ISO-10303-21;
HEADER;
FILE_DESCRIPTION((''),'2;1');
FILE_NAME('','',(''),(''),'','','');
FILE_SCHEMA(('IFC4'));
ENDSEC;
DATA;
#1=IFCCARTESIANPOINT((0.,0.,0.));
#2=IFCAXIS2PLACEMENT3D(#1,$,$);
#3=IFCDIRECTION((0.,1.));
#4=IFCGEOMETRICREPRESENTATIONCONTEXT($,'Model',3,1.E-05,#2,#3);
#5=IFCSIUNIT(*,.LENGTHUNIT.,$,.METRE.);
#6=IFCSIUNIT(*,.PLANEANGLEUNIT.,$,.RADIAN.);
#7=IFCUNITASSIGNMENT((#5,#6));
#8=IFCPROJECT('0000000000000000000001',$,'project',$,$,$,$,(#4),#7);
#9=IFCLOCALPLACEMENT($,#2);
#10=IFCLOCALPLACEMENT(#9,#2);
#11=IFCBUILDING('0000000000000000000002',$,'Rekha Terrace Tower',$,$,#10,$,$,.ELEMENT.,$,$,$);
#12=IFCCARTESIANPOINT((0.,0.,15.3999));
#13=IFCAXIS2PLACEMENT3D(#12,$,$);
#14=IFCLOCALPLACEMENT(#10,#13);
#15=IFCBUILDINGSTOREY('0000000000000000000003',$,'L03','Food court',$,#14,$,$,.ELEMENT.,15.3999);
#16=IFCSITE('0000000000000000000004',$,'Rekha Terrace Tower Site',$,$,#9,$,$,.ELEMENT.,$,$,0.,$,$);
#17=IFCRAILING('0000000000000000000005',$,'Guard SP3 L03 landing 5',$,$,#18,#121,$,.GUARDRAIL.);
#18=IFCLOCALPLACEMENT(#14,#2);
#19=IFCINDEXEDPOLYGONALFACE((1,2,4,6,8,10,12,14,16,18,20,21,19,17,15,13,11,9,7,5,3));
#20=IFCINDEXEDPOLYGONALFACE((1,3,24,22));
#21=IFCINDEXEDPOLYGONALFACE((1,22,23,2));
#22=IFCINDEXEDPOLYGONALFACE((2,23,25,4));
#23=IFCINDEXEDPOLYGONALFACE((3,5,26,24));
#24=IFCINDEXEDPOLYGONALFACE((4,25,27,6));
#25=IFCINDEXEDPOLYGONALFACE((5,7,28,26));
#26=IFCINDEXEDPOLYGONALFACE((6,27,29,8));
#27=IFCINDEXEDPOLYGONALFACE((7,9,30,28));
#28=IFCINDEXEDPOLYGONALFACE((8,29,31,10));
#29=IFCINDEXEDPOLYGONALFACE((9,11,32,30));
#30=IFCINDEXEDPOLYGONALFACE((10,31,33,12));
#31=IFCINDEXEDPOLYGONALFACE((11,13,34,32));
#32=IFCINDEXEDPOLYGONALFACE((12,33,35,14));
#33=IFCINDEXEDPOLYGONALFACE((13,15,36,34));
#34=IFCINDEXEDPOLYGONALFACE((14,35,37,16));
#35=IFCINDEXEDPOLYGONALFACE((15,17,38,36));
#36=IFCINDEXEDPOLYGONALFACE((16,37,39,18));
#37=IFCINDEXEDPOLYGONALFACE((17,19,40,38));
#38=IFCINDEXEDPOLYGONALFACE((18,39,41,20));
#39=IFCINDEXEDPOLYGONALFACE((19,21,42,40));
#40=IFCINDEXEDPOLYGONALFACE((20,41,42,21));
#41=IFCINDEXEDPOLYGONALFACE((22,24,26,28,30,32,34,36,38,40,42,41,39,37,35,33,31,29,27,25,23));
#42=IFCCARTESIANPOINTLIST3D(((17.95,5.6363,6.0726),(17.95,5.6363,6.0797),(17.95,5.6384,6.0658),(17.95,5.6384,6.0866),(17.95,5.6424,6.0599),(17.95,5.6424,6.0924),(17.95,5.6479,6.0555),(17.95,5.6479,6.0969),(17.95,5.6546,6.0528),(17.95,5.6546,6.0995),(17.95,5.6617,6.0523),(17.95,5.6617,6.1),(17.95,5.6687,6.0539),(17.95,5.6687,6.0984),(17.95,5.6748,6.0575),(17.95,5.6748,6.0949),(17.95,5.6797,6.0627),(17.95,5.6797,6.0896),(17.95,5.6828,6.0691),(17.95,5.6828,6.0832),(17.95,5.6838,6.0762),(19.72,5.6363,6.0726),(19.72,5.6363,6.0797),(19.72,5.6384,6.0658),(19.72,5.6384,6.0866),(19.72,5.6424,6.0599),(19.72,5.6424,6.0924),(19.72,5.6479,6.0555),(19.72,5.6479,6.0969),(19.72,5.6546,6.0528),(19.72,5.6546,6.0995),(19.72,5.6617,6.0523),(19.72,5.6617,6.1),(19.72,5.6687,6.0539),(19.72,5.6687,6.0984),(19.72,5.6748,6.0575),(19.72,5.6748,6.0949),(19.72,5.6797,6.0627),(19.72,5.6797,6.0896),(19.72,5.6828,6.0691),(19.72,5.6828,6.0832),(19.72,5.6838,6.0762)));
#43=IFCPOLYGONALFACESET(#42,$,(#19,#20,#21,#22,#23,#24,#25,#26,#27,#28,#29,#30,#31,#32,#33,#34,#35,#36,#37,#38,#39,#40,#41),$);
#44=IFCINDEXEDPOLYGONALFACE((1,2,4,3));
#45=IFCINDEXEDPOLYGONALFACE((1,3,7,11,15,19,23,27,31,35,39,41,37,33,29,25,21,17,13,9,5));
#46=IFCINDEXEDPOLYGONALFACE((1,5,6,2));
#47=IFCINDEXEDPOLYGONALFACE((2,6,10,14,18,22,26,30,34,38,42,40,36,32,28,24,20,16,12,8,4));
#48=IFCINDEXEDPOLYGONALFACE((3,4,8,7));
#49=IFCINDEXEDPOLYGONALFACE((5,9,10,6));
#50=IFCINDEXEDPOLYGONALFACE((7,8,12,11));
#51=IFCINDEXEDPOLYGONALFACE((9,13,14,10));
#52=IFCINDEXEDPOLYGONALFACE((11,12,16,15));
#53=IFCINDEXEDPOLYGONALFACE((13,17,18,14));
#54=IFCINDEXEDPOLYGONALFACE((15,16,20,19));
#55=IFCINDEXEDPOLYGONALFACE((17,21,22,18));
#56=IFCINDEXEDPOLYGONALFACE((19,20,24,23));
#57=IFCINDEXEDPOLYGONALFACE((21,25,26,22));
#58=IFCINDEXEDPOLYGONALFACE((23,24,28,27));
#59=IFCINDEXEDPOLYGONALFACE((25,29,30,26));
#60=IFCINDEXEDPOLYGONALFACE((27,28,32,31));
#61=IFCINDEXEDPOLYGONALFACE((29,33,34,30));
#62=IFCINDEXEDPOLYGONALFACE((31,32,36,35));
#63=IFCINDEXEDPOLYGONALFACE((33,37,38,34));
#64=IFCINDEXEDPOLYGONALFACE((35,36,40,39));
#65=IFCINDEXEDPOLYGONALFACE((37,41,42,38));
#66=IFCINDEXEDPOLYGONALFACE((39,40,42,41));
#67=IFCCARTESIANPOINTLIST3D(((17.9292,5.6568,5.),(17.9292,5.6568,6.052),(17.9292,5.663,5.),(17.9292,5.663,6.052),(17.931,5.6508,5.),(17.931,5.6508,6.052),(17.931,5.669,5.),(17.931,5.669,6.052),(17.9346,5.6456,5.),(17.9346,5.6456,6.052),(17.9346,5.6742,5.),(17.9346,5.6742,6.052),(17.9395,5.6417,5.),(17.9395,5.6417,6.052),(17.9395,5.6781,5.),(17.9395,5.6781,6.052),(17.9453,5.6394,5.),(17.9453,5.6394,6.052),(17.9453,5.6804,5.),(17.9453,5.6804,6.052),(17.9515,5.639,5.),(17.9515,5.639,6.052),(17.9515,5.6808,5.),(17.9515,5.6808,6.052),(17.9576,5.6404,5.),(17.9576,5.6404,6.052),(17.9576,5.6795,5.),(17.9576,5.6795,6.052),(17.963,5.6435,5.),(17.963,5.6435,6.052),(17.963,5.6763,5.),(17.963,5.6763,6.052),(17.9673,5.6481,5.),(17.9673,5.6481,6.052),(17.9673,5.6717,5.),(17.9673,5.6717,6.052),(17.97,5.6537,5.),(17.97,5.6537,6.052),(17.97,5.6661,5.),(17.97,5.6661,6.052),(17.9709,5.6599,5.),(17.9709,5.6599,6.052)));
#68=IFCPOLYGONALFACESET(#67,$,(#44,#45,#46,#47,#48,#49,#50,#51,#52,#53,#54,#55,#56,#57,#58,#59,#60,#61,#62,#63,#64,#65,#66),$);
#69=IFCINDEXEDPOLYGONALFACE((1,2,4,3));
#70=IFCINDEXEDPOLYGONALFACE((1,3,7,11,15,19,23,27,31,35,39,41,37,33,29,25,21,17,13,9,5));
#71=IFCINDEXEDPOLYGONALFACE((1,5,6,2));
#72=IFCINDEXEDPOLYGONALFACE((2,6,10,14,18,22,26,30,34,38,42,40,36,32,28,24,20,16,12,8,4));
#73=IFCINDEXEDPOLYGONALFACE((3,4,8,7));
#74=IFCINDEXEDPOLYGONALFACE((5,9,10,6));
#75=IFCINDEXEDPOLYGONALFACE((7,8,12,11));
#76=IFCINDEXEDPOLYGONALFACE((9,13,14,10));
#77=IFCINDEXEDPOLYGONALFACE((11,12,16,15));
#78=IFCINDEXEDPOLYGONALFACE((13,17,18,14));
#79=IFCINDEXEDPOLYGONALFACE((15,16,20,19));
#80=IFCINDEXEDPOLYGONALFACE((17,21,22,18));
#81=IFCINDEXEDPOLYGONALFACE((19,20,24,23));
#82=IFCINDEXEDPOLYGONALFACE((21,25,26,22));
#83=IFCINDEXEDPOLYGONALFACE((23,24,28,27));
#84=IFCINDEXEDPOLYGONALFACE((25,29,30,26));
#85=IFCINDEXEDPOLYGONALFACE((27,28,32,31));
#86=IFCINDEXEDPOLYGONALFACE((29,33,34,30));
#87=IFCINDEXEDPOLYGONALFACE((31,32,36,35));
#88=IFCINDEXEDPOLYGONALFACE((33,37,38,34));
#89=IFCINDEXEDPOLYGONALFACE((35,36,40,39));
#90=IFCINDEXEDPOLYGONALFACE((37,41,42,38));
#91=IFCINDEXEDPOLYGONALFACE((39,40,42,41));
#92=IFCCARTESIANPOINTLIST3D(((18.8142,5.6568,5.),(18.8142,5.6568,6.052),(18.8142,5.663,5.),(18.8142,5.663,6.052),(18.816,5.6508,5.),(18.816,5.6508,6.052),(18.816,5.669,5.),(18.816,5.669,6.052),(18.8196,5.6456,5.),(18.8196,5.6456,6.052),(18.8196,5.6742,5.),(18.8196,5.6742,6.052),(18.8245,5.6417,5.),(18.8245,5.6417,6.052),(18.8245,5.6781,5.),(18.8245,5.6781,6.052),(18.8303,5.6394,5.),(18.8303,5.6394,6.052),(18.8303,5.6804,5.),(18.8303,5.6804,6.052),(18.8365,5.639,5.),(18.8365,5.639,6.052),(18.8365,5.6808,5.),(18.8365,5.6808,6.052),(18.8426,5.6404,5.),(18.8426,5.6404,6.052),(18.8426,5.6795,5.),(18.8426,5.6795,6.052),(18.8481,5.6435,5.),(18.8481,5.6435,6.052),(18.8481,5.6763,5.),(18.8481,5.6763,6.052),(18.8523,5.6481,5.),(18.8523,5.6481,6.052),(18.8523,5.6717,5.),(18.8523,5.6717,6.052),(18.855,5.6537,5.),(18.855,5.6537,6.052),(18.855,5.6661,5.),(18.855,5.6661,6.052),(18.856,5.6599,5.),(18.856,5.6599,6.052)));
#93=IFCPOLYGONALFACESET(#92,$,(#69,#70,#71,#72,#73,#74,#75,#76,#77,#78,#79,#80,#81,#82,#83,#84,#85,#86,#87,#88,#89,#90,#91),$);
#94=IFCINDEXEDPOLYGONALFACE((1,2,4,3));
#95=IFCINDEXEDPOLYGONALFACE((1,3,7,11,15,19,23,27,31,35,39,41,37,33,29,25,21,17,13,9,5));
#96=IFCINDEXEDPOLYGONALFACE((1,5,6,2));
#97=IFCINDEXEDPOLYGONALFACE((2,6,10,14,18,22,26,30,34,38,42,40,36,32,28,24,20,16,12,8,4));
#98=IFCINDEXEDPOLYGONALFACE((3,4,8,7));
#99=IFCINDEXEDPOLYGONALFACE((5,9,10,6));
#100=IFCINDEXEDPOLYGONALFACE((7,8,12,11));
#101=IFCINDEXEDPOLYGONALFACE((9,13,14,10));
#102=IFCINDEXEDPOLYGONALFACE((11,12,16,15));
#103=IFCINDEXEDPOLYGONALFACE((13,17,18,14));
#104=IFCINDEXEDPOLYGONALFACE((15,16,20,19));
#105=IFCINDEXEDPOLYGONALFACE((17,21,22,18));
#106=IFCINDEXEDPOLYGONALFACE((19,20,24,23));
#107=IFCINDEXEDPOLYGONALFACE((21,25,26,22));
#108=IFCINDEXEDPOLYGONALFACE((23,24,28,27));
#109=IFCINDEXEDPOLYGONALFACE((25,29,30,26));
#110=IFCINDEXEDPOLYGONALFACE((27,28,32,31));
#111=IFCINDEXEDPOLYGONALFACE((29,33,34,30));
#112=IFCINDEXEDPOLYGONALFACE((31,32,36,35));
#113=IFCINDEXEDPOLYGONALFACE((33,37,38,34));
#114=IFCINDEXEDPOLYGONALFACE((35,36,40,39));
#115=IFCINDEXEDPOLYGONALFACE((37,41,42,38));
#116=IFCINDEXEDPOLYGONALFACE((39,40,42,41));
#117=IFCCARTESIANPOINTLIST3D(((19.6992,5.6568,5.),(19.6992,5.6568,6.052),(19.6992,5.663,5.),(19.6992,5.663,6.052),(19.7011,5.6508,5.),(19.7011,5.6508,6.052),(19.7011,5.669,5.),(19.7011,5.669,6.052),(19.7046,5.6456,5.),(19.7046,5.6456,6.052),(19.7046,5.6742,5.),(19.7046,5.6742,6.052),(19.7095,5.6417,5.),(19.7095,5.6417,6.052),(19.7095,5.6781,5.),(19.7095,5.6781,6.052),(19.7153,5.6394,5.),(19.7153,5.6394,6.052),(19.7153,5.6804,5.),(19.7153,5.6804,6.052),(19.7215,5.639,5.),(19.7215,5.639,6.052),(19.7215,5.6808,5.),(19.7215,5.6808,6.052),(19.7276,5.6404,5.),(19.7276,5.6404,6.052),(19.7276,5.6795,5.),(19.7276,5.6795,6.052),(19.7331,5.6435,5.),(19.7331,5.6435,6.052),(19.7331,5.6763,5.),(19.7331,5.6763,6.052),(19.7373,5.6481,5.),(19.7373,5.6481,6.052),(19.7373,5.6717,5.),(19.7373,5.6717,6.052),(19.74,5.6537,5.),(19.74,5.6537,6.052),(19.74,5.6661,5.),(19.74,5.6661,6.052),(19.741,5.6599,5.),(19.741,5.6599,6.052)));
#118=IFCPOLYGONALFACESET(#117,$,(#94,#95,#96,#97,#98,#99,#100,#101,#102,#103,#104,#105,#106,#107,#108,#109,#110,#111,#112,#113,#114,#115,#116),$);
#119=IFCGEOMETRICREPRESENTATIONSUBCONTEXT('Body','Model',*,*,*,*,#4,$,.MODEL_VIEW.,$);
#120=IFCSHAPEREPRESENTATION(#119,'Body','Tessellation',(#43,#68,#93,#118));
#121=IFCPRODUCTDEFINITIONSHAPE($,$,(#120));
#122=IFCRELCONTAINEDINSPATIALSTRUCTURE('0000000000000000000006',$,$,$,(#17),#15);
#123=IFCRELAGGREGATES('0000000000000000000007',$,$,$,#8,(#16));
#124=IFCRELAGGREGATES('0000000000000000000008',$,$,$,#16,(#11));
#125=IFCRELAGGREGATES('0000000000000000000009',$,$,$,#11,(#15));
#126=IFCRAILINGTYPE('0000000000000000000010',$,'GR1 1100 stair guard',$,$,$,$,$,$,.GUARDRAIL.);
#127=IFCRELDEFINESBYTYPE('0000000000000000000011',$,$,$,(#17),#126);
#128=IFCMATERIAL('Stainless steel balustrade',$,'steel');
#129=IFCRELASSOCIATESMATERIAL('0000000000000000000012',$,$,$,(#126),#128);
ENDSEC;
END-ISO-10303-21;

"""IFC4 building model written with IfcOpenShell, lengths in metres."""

from ifc_helpers import new_model, si_unit, direction, frame, origin, origin_2d, place, context, subcontext, project, spatial, circle, extrude, material, type_object, element, save


model = new_model("IFC4")

# Units and contexts
model_context = context("Model", 3, precision=1e-05, world=origin(), true_north=direction((0.0, 1.0)))
body_context = subcontext(model_context, "Body", "Model", "MODEL_VIEW")
ifc_project = project(units=[si_unit("LENGTHUNIT", "METRE"), si_unit("PLANEANGLEUNIT", "RADIAN")], contexts=[model_context])

# Site, building, storey
site_placement = place(None, origin())
site = spatial("IfcSite", under=ifc_project, at=site_placement, Name="Rekha Terrace Tower Site", CompositionType="ELEMENT", RefElevation=0.0)
building_placement = place(site_placement, origin())
building = spatial("IfcBuilding", under=site, at=building_placement, Name="Rekha Terrace Tower", CompositionType="ELEMENT")
storey_placement = place(building_placement, frame((0.0, 0.0, 15.3999)))
storey = spatial("IfcBuildingStorey", under=building, at=storey_placement, Name="L03", Description="Food court", CompositionType="ELEMENT", Elevation=15.3999)

# Railing
ifc_material_1 = material(Name="Stainless steel balustrade", Category="steel")
railing_type_1 = type_object("IfcRailingType", Name="GR1 1100 stair guard", PredefinedType="GUARDRAIL", material=ifc_material_1)
railing_1_placement = place(storey_placement, frame((17.95, 5.6599, 5.0)))
element("IfcRailing", 1, at=railing_1_placement, inside=storey, type_object=railing_type_1, Name="Guard SP3 L03 landing 5", PredefinedType="GUARDRAIL", context=body_context, shape_type="SweptSolid", body=[
    extrude(circle(Radius=0.0239, at=origin_2d()), frame((0.0, 0.0, 1.0762), z_axis=(1.0, 0.0, 0.0), x_axis=(0.0, 1.0, 0.0)), (0.0, 0.0, 1.0), 1.77),
    extrude(circle(Radius=0.021, at=origin_2d()), origin(), (0.0, 0.0, 1.0), 1.052),
    extrude(circle(Radius=0.021, at=origin_2d()), frame((0.885, 0.0, 0.0)), (0.0, 0.0, 1.0), 1.052),
    extrude(circle(Radius=0.021, at=origin_2d()), frame((1.77, 0.0, 0.0)), (0.0, 0.0, 1.0), 1.052),
])

save(model, "model.ifc")
